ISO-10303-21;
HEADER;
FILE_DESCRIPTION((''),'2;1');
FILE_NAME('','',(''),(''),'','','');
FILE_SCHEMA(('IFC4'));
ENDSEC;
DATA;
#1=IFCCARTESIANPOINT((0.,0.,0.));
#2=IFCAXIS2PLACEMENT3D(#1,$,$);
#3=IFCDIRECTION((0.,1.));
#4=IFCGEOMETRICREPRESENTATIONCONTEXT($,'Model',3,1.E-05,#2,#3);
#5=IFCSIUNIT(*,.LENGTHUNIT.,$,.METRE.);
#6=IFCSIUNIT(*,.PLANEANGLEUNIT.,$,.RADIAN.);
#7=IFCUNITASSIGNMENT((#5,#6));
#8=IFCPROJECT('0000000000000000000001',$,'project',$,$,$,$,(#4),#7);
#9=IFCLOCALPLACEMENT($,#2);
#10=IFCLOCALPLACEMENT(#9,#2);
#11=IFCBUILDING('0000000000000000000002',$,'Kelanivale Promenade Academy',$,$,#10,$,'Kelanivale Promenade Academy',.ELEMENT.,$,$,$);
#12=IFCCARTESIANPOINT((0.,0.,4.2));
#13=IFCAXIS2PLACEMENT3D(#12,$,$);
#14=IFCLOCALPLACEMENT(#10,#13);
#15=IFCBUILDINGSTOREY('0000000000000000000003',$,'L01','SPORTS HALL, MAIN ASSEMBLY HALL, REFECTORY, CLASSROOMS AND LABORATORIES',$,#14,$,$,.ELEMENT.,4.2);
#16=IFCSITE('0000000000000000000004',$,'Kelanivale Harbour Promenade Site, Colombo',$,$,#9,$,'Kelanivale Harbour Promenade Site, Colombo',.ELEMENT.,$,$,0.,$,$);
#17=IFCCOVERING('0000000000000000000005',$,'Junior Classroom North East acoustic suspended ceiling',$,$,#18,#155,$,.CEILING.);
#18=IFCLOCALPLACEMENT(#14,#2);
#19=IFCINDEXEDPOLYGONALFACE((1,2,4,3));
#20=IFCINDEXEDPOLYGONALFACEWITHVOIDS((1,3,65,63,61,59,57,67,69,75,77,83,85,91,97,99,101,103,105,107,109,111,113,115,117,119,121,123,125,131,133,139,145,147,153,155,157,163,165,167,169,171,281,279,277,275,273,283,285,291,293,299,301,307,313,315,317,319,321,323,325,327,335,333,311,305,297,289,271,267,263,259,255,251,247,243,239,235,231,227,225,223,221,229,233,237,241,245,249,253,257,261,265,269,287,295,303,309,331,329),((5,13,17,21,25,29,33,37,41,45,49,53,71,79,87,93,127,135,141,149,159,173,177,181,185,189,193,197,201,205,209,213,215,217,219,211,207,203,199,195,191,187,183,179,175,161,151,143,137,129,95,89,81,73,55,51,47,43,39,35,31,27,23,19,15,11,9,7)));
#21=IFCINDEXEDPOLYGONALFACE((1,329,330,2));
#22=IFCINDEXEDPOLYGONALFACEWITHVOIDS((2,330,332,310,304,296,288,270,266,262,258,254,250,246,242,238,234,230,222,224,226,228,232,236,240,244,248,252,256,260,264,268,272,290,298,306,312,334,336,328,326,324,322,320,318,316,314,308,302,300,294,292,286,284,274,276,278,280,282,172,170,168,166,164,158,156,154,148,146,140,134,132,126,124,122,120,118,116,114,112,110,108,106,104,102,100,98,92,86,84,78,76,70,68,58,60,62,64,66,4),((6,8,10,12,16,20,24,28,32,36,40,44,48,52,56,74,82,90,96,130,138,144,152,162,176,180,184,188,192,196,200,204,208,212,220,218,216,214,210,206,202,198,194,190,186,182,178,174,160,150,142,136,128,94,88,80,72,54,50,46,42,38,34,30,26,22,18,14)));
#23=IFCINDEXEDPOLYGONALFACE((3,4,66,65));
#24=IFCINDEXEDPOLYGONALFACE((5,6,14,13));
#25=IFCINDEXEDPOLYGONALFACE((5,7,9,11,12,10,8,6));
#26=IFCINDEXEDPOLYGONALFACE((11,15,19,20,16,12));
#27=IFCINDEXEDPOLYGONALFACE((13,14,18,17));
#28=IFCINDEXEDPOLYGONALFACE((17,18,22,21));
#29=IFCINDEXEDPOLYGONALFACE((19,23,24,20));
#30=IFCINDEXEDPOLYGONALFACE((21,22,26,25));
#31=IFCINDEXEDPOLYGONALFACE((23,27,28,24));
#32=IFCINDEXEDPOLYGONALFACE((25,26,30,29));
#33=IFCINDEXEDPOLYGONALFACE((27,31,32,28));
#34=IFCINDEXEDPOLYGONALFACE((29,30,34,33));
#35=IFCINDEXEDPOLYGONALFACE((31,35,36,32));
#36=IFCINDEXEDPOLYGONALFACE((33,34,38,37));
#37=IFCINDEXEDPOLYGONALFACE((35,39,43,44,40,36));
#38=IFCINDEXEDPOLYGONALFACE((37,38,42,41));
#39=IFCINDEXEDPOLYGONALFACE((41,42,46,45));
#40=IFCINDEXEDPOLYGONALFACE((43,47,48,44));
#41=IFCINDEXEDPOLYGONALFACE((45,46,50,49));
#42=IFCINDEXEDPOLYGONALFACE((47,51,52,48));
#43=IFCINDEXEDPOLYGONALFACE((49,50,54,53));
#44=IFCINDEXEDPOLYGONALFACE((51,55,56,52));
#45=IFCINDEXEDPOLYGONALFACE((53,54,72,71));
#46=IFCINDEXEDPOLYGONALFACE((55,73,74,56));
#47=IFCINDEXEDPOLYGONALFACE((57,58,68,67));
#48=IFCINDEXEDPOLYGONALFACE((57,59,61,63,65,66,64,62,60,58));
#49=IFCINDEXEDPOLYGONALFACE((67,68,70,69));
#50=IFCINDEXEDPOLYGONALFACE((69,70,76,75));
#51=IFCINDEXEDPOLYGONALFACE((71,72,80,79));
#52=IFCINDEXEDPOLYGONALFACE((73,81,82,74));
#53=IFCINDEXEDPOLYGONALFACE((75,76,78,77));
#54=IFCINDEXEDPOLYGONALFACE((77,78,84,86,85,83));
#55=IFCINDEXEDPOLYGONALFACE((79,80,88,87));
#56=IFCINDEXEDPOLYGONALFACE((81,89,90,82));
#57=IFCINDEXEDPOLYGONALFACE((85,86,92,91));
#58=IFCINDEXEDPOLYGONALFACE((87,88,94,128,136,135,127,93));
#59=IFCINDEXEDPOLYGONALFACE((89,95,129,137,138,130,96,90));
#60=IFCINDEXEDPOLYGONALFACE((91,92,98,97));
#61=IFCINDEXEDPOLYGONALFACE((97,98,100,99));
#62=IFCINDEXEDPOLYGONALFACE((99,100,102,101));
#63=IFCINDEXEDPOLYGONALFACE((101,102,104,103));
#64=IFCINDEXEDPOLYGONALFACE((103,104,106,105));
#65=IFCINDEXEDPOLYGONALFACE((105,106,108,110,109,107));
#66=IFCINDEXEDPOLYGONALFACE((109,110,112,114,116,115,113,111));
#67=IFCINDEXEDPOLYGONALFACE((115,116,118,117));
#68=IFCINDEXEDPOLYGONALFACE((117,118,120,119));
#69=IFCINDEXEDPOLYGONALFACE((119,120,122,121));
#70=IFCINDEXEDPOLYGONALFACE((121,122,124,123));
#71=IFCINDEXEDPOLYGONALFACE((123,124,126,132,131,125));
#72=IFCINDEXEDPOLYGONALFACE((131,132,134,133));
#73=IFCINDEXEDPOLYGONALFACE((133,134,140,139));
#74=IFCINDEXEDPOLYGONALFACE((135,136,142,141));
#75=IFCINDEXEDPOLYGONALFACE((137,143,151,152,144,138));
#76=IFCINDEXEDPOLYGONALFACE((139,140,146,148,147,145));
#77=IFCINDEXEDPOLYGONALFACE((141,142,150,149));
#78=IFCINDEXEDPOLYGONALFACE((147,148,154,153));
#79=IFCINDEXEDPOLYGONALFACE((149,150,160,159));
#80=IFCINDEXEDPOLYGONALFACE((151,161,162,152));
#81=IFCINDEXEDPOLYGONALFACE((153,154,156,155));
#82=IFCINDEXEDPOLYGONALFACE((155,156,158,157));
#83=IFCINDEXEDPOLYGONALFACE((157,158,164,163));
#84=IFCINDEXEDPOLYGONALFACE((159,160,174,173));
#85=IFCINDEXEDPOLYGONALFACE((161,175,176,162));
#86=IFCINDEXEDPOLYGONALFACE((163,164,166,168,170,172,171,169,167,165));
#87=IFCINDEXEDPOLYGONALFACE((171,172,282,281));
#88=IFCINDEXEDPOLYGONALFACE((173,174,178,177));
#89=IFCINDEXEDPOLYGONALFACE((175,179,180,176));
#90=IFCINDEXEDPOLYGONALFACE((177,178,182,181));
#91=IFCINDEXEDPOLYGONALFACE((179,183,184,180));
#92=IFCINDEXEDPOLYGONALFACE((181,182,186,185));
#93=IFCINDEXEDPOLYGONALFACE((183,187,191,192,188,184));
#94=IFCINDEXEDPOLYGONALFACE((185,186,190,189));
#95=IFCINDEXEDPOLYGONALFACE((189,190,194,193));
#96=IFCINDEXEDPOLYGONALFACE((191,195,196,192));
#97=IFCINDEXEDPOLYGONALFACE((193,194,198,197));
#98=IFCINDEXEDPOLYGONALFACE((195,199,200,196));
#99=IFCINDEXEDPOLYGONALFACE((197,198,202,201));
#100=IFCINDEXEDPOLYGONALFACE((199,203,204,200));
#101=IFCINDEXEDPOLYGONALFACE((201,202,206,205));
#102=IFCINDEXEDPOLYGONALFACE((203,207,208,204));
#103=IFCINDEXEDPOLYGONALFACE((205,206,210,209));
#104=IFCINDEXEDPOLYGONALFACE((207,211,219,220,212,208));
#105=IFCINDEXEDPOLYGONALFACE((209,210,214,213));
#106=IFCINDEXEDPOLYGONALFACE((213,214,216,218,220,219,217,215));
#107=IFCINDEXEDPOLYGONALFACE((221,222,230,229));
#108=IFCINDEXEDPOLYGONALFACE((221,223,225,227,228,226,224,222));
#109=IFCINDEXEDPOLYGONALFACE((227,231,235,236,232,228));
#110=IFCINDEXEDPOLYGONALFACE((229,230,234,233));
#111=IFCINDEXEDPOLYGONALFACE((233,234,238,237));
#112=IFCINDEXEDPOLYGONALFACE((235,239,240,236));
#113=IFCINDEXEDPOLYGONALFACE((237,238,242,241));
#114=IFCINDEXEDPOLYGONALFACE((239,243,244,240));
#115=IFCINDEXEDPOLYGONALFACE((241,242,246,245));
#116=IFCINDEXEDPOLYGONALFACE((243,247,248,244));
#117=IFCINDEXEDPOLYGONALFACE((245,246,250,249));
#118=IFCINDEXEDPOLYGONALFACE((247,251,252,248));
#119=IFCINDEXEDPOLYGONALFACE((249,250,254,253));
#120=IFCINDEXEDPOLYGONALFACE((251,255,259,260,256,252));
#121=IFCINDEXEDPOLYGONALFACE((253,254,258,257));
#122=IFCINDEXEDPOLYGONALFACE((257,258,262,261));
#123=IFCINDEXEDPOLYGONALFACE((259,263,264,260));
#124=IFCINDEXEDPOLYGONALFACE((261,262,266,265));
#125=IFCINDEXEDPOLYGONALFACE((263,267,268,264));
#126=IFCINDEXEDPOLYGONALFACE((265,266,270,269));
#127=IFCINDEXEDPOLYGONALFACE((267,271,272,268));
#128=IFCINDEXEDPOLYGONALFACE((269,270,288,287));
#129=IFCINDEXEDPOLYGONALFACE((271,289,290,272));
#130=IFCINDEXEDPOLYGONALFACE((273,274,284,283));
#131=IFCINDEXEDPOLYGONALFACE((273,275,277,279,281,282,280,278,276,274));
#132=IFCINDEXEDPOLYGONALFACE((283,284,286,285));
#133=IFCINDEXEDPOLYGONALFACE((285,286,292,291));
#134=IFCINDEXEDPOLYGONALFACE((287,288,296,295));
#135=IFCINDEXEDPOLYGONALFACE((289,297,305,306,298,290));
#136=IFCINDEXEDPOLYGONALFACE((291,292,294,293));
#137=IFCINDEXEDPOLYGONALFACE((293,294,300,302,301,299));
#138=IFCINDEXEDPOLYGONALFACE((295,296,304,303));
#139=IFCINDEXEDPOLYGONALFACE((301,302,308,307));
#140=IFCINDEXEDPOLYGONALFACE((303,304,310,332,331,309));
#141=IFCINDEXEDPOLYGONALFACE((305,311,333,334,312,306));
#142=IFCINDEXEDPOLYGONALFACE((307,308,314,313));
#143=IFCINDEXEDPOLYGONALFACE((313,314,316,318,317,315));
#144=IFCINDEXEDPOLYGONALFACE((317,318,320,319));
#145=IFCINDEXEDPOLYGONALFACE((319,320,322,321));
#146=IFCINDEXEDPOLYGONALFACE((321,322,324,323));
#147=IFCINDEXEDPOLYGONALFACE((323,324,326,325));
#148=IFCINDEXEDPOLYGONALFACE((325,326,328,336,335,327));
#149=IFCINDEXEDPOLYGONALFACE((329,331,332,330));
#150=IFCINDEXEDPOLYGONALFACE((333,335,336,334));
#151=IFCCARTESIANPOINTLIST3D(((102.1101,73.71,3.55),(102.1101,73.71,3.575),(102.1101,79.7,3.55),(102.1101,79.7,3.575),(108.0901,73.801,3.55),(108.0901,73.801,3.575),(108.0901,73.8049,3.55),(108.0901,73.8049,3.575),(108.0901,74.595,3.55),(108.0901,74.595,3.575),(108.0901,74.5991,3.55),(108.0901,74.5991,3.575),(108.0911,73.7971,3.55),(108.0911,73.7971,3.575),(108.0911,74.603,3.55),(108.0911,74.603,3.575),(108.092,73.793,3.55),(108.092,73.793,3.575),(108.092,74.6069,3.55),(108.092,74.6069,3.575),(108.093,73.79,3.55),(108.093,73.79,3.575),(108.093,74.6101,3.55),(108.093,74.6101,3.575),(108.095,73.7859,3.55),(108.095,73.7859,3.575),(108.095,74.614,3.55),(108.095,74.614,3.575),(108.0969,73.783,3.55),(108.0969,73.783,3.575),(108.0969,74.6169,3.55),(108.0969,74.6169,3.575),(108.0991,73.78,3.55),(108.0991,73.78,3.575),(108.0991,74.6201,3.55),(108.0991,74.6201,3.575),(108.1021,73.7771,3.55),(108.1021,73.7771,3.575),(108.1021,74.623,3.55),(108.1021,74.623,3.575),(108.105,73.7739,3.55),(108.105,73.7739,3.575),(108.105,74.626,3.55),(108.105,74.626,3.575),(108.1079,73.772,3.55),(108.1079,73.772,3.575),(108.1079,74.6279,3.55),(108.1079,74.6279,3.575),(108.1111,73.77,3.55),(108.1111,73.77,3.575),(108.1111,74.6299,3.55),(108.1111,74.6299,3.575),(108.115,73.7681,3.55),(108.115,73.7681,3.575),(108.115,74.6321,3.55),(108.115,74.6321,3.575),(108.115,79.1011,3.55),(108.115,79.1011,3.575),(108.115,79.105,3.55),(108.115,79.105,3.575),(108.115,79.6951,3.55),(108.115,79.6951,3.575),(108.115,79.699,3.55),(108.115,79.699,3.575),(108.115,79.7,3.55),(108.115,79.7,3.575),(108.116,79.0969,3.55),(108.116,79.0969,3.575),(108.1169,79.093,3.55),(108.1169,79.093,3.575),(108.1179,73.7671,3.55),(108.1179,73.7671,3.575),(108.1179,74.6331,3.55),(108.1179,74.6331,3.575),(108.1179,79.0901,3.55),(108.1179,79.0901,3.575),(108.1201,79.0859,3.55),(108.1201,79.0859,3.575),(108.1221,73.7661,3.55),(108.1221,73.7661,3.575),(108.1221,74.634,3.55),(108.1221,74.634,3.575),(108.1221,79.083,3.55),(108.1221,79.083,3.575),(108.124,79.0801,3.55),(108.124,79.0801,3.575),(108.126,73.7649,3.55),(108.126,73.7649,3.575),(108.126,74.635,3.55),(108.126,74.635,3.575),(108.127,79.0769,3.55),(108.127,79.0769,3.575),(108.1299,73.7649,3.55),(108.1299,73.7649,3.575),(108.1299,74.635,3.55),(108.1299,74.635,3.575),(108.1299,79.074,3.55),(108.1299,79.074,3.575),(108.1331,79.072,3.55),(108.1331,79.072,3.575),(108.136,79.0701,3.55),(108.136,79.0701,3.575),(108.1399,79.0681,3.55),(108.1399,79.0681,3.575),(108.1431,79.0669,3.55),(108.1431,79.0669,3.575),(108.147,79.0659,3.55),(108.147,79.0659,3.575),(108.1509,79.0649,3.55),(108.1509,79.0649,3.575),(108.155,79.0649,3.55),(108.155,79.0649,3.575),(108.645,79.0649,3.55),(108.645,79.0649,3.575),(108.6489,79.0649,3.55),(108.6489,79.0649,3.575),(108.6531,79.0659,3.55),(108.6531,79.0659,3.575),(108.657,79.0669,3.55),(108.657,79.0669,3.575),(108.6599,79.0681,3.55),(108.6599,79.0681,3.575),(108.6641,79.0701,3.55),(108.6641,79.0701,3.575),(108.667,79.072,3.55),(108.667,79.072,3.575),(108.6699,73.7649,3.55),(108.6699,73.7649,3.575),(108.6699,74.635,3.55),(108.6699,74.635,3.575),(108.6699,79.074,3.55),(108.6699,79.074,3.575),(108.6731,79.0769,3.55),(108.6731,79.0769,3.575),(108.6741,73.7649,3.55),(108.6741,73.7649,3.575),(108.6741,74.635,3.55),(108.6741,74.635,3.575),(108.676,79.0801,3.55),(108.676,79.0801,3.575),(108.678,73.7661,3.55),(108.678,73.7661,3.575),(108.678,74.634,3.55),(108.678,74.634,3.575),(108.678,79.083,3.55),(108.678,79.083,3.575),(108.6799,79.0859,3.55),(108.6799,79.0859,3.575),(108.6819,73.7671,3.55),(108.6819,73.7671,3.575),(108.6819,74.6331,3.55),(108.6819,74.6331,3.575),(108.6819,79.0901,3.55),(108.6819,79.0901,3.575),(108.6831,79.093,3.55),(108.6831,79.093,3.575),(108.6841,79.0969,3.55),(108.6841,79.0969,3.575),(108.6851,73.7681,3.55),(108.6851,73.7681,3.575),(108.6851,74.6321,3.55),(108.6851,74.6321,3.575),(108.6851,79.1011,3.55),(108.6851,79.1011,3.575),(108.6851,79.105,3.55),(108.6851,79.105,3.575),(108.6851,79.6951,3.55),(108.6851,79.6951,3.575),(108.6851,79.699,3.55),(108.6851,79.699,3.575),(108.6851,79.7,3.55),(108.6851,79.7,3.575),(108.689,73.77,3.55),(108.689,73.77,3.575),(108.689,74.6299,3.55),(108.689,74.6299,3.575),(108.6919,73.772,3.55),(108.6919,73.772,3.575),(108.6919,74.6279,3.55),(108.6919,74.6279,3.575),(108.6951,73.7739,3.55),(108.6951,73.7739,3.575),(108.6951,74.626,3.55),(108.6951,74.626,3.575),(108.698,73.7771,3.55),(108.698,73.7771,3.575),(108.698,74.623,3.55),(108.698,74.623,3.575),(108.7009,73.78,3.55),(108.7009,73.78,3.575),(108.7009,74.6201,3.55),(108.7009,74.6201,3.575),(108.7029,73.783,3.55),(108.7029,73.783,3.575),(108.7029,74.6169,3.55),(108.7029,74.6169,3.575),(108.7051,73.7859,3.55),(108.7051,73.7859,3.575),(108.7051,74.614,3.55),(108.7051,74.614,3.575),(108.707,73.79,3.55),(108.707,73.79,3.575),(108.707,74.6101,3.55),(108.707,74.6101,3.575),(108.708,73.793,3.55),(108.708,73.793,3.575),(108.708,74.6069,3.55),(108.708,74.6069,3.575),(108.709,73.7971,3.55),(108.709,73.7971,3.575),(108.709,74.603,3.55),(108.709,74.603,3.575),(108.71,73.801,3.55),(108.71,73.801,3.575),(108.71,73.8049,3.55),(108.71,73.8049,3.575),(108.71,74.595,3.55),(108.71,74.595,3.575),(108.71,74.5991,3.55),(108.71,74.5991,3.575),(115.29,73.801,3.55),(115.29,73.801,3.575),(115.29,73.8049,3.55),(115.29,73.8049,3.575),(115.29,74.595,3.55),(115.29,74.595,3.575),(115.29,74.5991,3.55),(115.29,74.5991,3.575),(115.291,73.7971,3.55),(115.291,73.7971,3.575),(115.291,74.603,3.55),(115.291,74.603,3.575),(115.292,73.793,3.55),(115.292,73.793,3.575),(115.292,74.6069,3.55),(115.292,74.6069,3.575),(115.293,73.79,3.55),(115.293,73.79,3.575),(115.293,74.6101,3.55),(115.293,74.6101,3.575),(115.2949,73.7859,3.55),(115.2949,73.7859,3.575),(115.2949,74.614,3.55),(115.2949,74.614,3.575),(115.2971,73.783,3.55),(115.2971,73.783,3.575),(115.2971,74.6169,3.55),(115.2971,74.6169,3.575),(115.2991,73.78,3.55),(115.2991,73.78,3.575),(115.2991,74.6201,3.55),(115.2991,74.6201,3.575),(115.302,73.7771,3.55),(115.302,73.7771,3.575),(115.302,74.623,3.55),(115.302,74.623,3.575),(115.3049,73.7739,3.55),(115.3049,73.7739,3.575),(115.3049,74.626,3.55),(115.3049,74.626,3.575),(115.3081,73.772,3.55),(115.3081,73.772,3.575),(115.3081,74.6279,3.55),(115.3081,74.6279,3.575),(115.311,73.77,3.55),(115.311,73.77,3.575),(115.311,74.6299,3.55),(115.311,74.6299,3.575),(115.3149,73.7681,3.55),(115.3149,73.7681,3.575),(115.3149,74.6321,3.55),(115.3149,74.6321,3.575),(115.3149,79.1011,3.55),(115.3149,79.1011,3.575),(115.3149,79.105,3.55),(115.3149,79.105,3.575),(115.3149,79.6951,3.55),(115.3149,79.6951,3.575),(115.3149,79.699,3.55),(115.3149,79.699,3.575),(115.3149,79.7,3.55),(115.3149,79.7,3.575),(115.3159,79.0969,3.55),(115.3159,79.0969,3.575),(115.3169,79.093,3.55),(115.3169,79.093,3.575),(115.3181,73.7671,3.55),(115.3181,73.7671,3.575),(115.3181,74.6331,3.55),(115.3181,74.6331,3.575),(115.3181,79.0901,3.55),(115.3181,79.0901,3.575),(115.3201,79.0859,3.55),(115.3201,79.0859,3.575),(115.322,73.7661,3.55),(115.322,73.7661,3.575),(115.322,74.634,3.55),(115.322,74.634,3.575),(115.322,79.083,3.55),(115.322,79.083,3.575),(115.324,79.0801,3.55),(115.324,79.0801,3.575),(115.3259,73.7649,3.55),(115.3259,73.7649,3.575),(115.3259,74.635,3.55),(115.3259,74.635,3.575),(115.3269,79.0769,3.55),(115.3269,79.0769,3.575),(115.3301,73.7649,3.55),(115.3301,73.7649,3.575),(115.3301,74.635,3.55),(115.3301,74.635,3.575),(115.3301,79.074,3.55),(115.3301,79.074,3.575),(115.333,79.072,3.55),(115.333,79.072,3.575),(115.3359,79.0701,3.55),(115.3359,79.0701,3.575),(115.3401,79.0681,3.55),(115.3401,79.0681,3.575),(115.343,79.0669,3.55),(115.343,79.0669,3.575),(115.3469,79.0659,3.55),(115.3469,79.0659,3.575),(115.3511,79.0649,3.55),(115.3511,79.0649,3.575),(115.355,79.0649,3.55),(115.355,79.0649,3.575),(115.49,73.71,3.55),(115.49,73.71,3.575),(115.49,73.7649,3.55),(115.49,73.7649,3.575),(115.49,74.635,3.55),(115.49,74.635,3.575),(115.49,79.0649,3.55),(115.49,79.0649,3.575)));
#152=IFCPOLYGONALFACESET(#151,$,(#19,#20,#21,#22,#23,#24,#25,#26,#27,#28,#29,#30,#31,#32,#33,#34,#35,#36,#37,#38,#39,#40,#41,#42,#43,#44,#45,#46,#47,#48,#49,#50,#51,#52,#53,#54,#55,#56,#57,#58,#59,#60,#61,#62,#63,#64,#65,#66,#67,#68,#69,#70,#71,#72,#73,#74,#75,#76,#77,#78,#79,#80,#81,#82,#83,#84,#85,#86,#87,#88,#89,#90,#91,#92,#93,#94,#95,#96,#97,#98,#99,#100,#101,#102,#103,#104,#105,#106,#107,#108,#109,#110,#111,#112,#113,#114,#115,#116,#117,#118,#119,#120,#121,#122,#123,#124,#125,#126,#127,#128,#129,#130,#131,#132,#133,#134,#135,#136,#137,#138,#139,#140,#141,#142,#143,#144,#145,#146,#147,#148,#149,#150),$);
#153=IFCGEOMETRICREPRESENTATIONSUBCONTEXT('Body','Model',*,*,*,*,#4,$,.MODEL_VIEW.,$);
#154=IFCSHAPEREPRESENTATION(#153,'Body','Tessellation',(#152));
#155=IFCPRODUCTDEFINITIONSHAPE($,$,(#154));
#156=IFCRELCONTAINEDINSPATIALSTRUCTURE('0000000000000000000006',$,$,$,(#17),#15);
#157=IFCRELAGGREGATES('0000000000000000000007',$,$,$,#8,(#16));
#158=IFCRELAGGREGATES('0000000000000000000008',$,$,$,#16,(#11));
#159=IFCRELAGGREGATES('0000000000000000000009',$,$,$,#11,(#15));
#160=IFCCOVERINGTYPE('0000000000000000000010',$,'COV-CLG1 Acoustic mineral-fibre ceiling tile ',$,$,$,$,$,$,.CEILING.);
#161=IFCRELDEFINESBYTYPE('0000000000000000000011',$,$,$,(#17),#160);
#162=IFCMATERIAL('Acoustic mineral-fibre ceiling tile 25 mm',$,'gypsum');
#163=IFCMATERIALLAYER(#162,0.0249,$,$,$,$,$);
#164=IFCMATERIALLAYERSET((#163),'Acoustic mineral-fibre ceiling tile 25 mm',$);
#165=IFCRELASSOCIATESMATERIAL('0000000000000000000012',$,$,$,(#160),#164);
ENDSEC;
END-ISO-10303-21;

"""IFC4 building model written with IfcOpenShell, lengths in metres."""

from ifc_helpers import new_model, si_unit, direction, frame, origin, place, context, subcontext, project, spatial, polyline, outline, extrude, material, layer, layer_set, type_object, element, save


model = new_model("IFC4")

# Units and contexts
model_context = context("Model", 3, precision=1e-05, world=origin(), true_north=direction((0.0, 1.0)))
body_context = subcontext(model_context, "Body", "Model", "MODEL_VIEW")
ifc_project = project(units=[si_unit("LENGTHUNIT", "METRE"), si_unit("PLANEANGLEUNIT", "RADIAN")], contexts=[model_context])

# Site, building, storey
site_placement = place(None, origin())
site = spatial("IfcSite", under=ifc_project, at=site_placement, Name="Kelanivale Harbour Promenade Site, Colombo", LongName="Kelanivale Harbour Promenade Site, Colombo", CompositionType="ELEMENT", RefElevation=0.0)
building_placement = place(site_placement, origin())
building = spatial("IfcBuilding", under=site, at=building_placement, Name="Kelanivale Promenade Academy", LongName="Kelanivale Promenade Academy", CompositionType="ELEMENT")
storey_placement = place(building_placement, frame((0.0, 0.0, 4.2)))
storey = spatial("IfcBuildingStorey", under=building, at=storey_placement, Name="L01", Description="SPORTS HALL, MAIN ASSEMBLY HALL, REFECTORY, CLASSROOMS AND LABORATORIES", CompositionType="ELEMENT", Elevation=4.2)

# Covering
ifc_material_1 = material(Name="Acoustic mineral-fibre ceiling tile 25 mm", Category="gypsum")
ifc_layer_1 = layer(ifc_material_1, 0.0249)
ifc_layer_set_1 = layer_set([ifc_layer_1], Name="Acoustic mineral-fibre ceiling tile 25 mm")
covering_type = type_object("IfcCoveringType", Name="COV-CLG1 Acoustic mineral-fibre ceiling tile ", PredefinedType="CEILING", material=ifc_layer_set_1)
covering_1_placement = place(storey_placement, frame((0.0, 0.0, 3.55)))
element("IfcCovering", 1, at=covering_1_placement, inside=storey, type_object=covering_type, Name="Junior Classroom North East acoustic suspended ceiling", PredefinedType="CEILING", context=body_context, shape_type="SweptSolid", body=[
    extrude(outline(polyline([(115.49, 73.71), (115.49, 73.7649), (115.3301, 73.7649), (115.3259, 73.7649), (115.322, 73.7661), (115.3181, 73.7671), (115.3149, 73.7681), (115.311, 73.77), (115.3081, 73.772), (115.3049, 73.7739), (115.302, 73.7771), (115.2991, 73.78), (115.2971, 73.783), (115.2949, 73.7859), (115.293, 73.79), (115.292, 73.793), (115.291, 73.7971), (115.29, 73.801), (115.29, 73.8049), (115.29, 74.595), (115.29, 74.5991), (115.291, 74.603), (115.292, 74.6069), (115.293, 74.6101), (115.2949, 74.614), (115.2971, 74.6169), (115.2991, 74.6201), (115.302, 74.623), (115.3049, 74.626), (115.3081, 74.6279), (115.311, 74.6299), (115.3149, 74.6321), (115.3181, 74.6331), (115.322, 74.634), (115.3259, 74.635), (115.3301, 74.635), (115.49, 74.635), (115.49, 79.0649), (115.355, 79.0649), (115.3511, 79.0649), (115.3469, 79.0659), (115.343, 79.0669), (115.3401, 79.0681), (115.3359, 79.0701), (115.333, 79.072), (115.3301, 79.074), (115.3269, 79.0769), (115.324, 79.0801), (115.322, 79.083), (115.3201, 79.0859), (115.3181, 79.0901), (115.3169, 79.093), (115.3159, 79.0969), (115.3149, 79.1011), (115.3149, 79.105), (115.3149, 79.6951), (115.3149, 79.699), (115.3149, 79.7), (108.6851, 79.7), (108.6851, 79.699), (108.6851, 79.6951), (108.6851, 79.105), (108.6851, 79.1011), (108.6841, 79.0969), (108.6831, 79.093), (108.6819, 79.0901), (108.6799, 79.0859), (108.678, 79.083), (108.676, 79.0801), (108.6731, 79.0769), (108.6699, 79.074), (108.667, 79.072), (108.6641, 79.0701), (108.6599, 79.0681), (108.657, 79.0669), (108.6531, 79.0659), (108.6489, 79.0649), (108.645, 79.0649), (108.155, 79.0649), (108.1509, 79.0649), (108.147, 79.0659), (108.1431, 79.0669), (108.1399, 79.0681), (108.136, 79.0701), (108.1331, 79.072), (108.1299, 79.074), (108.127, 79.0769), (108.124, 79.0801), (108.1221, 79.083), (108.1201, 79.0859), (108.1179, 79.0901), (108.1169, 79.093), (108.116, 79.0969), (108.115, 79.1011), (108.115, 79.105), (108.115, 79.6951), (108.115, 79.699), (108.115, 79.7), (102.1101, 79.7), (102.1101, 73.71), (115.49, 73.71)]), holes=[polyline([(108.71, 73.8049), (108.71, 73.801), (108.709, 73.7971), (108.708, 73.793), (108.707, 73.79), (108.7051, 73.7859), (108.7029, 73.783), (108.7009, 73.78), (108.698, 73.7771), (108.6951, 73.7739), (108.6919, 73.772), (108.689, 73.77), (108.6851, 73.7681), (108.6819, 73.7671), (108.678, 73.7661), (108.6741, 73.7649), (108.6699, 73.7649), (108.1299, 73.7649), (108.126, 73.7649), (108.1221, 73.7661), (108.1179, 73.7671), (108.115, 73.7681), (108.1111, 73.77), (108.1079, 73.772), (108.105, 73.7739), (108.1021, 73.7771), (108.0991, 73.78), (108.0969, 73.783), (108.095, 73.7859), (108.093, 73.79), (108.092, 73.793), (108.0911, 73.7971), (108.0901, 73.801), (108.0901, 73.8049), (108.0901, 74.595), (108.0901, 74.5991), (108.0911, 74.603), (108.092, 74.6069), (108.093, 74.6101), (108.095, 74.614), (108.0969, 74.6169), (108.0991, 74.6201), (108.1021, 74.623), (108.105, 74.626), (108.1079, 74.6279), (108.1111, 74.6299), (108.115, 74.6321), (108.1179, 74.6331), (108.1221, 74.634), (108.126, 74.635), (108.1299, 74.635), (108.6699, 74.635), (108.6741, 74.635), (108.678, 74.634), (108.6819, 74.6331), (108.6851, 74.6321), (108.689, 74.6299), (108.6919, 74.6279), (108.6951, 74.626), (108.698, 74.623), (108.7009, 74.6201), (108.7029, 74.6169), (108.7051, 74.614), (108.707, 74.6101), (108.708, 74.6069), (108.709, 74.603), (108.71, 74.5991), (108.71, 74.595), (108.71, 73.8049)])]), origin(), (0.0, 0.0, 1.0), 0.0249),
])

save(model, "model.ifc")
